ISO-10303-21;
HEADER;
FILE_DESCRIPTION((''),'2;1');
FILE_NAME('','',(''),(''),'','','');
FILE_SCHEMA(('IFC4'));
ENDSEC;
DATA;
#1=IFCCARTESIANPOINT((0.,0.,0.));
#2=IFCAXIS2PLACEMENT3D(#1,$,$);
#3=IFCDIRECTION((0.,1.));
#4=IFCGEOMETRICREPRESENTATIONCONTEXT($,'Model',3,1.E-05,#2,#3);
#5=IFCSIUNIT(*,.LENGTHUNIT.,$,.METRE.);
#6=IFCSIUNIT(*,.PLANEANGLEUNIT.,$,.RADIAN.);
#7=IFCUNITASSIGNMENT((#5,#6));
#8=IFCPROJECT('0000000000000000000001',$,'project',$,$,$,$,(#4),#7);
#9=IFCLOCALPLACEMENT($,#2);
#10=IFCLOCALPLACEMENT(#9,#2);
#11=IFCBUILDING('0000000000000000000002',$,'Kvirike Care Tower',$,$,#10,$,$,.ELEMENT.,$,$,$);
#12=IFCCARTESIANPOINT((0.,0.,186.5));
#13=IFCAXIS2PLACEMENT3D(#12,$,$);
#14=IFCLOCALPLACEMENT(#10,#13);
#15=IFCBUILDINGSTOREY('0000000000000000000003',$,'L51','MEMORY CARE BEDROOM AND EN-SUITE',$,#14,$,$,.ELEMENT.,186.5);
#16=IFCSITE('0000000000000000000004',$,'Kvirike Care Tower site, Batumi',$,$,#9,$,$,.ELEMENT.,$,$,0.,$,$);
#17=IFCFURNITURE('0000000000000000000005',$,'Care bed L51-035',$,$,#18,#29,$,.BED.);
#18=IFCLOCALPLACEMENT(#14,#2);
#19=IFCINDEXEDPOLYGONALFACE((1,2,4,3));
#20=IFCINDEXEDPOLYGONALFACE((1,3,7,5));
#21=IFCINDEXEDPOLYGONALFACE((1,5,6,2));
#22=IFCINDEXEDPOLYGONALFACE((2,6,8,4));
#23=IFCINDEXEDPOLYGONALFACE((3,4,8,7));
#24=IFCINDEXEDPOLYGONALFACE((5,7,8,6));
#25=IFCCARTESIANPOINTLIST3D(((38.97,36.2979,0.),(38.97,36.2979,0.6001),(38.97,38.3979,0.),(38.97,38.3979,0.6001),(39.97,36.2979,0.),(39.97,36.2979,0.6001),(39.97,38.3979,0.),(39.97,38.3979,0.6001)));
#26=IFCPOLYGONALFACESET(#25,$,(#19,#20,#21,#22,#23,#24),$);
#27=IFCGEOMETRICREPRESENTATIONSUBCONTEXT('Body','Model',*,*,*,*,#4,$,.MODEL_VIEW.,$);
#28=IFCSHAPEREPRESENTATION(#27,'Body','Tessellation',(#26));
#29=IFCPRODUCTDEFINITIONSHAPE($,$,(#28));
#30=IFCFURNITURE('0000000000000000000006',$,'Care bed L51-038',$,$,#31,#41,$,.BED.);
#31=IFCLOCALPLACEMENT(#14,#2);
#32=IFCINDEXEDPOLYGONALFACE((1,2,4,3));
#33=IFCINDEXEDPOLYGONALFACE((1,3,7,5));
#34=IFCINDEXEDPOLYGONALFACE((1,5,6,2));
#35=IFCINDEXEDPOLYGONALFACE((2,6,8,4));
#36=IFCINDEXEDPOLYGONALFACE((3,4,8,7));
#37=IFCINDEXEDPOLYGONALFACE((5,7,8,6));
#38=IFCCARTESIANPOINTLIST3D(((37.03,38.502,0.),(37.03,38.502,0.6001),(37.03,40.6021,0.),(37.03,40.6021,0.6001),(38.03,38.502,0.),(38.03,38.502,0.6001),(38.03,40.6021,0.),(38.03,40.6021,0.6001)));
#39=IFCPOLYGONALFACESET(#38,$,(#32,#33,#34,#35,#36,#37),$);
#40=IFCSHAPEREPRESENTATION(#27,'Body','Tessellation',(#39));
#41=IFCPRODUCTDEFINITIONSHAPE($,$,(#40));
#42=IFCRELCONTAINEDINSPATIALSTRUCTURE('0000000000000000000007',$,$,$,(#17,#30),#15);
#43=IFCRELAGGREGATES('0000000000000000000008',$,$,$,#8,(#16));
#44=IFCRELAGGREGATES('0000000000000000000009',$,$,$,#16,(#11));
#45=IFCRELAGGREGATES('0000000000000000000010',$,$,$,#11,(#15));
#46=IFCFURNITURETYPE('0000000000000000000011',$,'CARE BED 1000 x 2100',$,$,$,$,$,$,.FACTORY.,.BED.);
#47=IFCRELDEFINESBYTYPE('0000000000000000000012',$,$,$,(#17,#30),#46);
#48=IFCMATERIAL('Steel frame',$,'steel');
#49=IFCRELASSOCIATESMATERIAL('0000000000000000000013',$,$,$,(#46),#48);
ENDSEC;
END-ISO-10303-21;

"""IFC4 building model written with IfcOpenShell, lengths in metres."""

from ifc_helpers import new_model, si_unit, direction, frame, origin, origin_2d, place, context, subcontext, project, spatial, rectangle, extrude, material, type_object, element, save


model = new_model("IFC4")

# Units and contexts
model_context = context("Model", 3, precision=1e-05, world=origin(), true_north=direction((0.0, 1.0)))
body_context = subcontext(model_context, "Body", "Model", "MODEL_VIEW")
ifc_project = project(units=[si_unit("LENGTHUNIT", "METRE"), si_unit("PLANEANGLEUNIT", "RADIAN")], contexts=[model_context])

# Site, building, storey
site_placement = place(None, origin())
site = spatial("IfcSite", under=ifc_project, at=site_placement, Name="Kvirike Care Tower site, Batumi", CompositionType="ELEMENT", RefElevation=0.0)
building_placement = place(site_placement, origin())
building = spatial("IfcBuilding", under=site, at=building_placement, Name="Kvirike Care Tower", CompositionType="ELEMENT")
storey_placement = place(building_placement, frame((0.0, 0.0, 186.5)))
storey = spatial("IfcBuildingStorey", under=building, at=storey_placement, Name="L51", Description="MEMORY CARE BEDROOM AND EN-SUITE", CompositionType="ELEMENT", Elevation=186.5)

# Furniture
ifc_material_1 = material(Name="Steel frame", Category="steel")
furniture_type = type_object("IfcFurnitureType", Name="CARE BED 1000 x 2100", AssemblyPlace="FACTORY", PredefinedType="BED", material=ifc_material_1)
for number, where, z_axis, x_axis, name in (
    (1, (39.47, 37.3479, 0.0), (0.0, 0.0, 1.0), (1.0, 0.0, 0.0), "Care bed L51-035"),
    (2, (37.53, 39.552, 0.0), (0.0, 0.0, 1.0), (-1.0, 0.0, 0.0), "Care bed L51-038"),
):
    element("IfcFurniture", number, at=place(storey_placement, frame(where, z_axis=z_axis, x_axis=x_axis)), inside=storey, type_object=furniture_type, Name=name, PredefinedType="BED", context=body_context, shape_type="SweptSolid", body=[
        extrude(rectangle(XDim=1.0, YDim=2.1001, at=origin_2d()), origin(), (0.0, 0.0, 1.0), 0.6001),
    ])

save(model, "model.ifc")
